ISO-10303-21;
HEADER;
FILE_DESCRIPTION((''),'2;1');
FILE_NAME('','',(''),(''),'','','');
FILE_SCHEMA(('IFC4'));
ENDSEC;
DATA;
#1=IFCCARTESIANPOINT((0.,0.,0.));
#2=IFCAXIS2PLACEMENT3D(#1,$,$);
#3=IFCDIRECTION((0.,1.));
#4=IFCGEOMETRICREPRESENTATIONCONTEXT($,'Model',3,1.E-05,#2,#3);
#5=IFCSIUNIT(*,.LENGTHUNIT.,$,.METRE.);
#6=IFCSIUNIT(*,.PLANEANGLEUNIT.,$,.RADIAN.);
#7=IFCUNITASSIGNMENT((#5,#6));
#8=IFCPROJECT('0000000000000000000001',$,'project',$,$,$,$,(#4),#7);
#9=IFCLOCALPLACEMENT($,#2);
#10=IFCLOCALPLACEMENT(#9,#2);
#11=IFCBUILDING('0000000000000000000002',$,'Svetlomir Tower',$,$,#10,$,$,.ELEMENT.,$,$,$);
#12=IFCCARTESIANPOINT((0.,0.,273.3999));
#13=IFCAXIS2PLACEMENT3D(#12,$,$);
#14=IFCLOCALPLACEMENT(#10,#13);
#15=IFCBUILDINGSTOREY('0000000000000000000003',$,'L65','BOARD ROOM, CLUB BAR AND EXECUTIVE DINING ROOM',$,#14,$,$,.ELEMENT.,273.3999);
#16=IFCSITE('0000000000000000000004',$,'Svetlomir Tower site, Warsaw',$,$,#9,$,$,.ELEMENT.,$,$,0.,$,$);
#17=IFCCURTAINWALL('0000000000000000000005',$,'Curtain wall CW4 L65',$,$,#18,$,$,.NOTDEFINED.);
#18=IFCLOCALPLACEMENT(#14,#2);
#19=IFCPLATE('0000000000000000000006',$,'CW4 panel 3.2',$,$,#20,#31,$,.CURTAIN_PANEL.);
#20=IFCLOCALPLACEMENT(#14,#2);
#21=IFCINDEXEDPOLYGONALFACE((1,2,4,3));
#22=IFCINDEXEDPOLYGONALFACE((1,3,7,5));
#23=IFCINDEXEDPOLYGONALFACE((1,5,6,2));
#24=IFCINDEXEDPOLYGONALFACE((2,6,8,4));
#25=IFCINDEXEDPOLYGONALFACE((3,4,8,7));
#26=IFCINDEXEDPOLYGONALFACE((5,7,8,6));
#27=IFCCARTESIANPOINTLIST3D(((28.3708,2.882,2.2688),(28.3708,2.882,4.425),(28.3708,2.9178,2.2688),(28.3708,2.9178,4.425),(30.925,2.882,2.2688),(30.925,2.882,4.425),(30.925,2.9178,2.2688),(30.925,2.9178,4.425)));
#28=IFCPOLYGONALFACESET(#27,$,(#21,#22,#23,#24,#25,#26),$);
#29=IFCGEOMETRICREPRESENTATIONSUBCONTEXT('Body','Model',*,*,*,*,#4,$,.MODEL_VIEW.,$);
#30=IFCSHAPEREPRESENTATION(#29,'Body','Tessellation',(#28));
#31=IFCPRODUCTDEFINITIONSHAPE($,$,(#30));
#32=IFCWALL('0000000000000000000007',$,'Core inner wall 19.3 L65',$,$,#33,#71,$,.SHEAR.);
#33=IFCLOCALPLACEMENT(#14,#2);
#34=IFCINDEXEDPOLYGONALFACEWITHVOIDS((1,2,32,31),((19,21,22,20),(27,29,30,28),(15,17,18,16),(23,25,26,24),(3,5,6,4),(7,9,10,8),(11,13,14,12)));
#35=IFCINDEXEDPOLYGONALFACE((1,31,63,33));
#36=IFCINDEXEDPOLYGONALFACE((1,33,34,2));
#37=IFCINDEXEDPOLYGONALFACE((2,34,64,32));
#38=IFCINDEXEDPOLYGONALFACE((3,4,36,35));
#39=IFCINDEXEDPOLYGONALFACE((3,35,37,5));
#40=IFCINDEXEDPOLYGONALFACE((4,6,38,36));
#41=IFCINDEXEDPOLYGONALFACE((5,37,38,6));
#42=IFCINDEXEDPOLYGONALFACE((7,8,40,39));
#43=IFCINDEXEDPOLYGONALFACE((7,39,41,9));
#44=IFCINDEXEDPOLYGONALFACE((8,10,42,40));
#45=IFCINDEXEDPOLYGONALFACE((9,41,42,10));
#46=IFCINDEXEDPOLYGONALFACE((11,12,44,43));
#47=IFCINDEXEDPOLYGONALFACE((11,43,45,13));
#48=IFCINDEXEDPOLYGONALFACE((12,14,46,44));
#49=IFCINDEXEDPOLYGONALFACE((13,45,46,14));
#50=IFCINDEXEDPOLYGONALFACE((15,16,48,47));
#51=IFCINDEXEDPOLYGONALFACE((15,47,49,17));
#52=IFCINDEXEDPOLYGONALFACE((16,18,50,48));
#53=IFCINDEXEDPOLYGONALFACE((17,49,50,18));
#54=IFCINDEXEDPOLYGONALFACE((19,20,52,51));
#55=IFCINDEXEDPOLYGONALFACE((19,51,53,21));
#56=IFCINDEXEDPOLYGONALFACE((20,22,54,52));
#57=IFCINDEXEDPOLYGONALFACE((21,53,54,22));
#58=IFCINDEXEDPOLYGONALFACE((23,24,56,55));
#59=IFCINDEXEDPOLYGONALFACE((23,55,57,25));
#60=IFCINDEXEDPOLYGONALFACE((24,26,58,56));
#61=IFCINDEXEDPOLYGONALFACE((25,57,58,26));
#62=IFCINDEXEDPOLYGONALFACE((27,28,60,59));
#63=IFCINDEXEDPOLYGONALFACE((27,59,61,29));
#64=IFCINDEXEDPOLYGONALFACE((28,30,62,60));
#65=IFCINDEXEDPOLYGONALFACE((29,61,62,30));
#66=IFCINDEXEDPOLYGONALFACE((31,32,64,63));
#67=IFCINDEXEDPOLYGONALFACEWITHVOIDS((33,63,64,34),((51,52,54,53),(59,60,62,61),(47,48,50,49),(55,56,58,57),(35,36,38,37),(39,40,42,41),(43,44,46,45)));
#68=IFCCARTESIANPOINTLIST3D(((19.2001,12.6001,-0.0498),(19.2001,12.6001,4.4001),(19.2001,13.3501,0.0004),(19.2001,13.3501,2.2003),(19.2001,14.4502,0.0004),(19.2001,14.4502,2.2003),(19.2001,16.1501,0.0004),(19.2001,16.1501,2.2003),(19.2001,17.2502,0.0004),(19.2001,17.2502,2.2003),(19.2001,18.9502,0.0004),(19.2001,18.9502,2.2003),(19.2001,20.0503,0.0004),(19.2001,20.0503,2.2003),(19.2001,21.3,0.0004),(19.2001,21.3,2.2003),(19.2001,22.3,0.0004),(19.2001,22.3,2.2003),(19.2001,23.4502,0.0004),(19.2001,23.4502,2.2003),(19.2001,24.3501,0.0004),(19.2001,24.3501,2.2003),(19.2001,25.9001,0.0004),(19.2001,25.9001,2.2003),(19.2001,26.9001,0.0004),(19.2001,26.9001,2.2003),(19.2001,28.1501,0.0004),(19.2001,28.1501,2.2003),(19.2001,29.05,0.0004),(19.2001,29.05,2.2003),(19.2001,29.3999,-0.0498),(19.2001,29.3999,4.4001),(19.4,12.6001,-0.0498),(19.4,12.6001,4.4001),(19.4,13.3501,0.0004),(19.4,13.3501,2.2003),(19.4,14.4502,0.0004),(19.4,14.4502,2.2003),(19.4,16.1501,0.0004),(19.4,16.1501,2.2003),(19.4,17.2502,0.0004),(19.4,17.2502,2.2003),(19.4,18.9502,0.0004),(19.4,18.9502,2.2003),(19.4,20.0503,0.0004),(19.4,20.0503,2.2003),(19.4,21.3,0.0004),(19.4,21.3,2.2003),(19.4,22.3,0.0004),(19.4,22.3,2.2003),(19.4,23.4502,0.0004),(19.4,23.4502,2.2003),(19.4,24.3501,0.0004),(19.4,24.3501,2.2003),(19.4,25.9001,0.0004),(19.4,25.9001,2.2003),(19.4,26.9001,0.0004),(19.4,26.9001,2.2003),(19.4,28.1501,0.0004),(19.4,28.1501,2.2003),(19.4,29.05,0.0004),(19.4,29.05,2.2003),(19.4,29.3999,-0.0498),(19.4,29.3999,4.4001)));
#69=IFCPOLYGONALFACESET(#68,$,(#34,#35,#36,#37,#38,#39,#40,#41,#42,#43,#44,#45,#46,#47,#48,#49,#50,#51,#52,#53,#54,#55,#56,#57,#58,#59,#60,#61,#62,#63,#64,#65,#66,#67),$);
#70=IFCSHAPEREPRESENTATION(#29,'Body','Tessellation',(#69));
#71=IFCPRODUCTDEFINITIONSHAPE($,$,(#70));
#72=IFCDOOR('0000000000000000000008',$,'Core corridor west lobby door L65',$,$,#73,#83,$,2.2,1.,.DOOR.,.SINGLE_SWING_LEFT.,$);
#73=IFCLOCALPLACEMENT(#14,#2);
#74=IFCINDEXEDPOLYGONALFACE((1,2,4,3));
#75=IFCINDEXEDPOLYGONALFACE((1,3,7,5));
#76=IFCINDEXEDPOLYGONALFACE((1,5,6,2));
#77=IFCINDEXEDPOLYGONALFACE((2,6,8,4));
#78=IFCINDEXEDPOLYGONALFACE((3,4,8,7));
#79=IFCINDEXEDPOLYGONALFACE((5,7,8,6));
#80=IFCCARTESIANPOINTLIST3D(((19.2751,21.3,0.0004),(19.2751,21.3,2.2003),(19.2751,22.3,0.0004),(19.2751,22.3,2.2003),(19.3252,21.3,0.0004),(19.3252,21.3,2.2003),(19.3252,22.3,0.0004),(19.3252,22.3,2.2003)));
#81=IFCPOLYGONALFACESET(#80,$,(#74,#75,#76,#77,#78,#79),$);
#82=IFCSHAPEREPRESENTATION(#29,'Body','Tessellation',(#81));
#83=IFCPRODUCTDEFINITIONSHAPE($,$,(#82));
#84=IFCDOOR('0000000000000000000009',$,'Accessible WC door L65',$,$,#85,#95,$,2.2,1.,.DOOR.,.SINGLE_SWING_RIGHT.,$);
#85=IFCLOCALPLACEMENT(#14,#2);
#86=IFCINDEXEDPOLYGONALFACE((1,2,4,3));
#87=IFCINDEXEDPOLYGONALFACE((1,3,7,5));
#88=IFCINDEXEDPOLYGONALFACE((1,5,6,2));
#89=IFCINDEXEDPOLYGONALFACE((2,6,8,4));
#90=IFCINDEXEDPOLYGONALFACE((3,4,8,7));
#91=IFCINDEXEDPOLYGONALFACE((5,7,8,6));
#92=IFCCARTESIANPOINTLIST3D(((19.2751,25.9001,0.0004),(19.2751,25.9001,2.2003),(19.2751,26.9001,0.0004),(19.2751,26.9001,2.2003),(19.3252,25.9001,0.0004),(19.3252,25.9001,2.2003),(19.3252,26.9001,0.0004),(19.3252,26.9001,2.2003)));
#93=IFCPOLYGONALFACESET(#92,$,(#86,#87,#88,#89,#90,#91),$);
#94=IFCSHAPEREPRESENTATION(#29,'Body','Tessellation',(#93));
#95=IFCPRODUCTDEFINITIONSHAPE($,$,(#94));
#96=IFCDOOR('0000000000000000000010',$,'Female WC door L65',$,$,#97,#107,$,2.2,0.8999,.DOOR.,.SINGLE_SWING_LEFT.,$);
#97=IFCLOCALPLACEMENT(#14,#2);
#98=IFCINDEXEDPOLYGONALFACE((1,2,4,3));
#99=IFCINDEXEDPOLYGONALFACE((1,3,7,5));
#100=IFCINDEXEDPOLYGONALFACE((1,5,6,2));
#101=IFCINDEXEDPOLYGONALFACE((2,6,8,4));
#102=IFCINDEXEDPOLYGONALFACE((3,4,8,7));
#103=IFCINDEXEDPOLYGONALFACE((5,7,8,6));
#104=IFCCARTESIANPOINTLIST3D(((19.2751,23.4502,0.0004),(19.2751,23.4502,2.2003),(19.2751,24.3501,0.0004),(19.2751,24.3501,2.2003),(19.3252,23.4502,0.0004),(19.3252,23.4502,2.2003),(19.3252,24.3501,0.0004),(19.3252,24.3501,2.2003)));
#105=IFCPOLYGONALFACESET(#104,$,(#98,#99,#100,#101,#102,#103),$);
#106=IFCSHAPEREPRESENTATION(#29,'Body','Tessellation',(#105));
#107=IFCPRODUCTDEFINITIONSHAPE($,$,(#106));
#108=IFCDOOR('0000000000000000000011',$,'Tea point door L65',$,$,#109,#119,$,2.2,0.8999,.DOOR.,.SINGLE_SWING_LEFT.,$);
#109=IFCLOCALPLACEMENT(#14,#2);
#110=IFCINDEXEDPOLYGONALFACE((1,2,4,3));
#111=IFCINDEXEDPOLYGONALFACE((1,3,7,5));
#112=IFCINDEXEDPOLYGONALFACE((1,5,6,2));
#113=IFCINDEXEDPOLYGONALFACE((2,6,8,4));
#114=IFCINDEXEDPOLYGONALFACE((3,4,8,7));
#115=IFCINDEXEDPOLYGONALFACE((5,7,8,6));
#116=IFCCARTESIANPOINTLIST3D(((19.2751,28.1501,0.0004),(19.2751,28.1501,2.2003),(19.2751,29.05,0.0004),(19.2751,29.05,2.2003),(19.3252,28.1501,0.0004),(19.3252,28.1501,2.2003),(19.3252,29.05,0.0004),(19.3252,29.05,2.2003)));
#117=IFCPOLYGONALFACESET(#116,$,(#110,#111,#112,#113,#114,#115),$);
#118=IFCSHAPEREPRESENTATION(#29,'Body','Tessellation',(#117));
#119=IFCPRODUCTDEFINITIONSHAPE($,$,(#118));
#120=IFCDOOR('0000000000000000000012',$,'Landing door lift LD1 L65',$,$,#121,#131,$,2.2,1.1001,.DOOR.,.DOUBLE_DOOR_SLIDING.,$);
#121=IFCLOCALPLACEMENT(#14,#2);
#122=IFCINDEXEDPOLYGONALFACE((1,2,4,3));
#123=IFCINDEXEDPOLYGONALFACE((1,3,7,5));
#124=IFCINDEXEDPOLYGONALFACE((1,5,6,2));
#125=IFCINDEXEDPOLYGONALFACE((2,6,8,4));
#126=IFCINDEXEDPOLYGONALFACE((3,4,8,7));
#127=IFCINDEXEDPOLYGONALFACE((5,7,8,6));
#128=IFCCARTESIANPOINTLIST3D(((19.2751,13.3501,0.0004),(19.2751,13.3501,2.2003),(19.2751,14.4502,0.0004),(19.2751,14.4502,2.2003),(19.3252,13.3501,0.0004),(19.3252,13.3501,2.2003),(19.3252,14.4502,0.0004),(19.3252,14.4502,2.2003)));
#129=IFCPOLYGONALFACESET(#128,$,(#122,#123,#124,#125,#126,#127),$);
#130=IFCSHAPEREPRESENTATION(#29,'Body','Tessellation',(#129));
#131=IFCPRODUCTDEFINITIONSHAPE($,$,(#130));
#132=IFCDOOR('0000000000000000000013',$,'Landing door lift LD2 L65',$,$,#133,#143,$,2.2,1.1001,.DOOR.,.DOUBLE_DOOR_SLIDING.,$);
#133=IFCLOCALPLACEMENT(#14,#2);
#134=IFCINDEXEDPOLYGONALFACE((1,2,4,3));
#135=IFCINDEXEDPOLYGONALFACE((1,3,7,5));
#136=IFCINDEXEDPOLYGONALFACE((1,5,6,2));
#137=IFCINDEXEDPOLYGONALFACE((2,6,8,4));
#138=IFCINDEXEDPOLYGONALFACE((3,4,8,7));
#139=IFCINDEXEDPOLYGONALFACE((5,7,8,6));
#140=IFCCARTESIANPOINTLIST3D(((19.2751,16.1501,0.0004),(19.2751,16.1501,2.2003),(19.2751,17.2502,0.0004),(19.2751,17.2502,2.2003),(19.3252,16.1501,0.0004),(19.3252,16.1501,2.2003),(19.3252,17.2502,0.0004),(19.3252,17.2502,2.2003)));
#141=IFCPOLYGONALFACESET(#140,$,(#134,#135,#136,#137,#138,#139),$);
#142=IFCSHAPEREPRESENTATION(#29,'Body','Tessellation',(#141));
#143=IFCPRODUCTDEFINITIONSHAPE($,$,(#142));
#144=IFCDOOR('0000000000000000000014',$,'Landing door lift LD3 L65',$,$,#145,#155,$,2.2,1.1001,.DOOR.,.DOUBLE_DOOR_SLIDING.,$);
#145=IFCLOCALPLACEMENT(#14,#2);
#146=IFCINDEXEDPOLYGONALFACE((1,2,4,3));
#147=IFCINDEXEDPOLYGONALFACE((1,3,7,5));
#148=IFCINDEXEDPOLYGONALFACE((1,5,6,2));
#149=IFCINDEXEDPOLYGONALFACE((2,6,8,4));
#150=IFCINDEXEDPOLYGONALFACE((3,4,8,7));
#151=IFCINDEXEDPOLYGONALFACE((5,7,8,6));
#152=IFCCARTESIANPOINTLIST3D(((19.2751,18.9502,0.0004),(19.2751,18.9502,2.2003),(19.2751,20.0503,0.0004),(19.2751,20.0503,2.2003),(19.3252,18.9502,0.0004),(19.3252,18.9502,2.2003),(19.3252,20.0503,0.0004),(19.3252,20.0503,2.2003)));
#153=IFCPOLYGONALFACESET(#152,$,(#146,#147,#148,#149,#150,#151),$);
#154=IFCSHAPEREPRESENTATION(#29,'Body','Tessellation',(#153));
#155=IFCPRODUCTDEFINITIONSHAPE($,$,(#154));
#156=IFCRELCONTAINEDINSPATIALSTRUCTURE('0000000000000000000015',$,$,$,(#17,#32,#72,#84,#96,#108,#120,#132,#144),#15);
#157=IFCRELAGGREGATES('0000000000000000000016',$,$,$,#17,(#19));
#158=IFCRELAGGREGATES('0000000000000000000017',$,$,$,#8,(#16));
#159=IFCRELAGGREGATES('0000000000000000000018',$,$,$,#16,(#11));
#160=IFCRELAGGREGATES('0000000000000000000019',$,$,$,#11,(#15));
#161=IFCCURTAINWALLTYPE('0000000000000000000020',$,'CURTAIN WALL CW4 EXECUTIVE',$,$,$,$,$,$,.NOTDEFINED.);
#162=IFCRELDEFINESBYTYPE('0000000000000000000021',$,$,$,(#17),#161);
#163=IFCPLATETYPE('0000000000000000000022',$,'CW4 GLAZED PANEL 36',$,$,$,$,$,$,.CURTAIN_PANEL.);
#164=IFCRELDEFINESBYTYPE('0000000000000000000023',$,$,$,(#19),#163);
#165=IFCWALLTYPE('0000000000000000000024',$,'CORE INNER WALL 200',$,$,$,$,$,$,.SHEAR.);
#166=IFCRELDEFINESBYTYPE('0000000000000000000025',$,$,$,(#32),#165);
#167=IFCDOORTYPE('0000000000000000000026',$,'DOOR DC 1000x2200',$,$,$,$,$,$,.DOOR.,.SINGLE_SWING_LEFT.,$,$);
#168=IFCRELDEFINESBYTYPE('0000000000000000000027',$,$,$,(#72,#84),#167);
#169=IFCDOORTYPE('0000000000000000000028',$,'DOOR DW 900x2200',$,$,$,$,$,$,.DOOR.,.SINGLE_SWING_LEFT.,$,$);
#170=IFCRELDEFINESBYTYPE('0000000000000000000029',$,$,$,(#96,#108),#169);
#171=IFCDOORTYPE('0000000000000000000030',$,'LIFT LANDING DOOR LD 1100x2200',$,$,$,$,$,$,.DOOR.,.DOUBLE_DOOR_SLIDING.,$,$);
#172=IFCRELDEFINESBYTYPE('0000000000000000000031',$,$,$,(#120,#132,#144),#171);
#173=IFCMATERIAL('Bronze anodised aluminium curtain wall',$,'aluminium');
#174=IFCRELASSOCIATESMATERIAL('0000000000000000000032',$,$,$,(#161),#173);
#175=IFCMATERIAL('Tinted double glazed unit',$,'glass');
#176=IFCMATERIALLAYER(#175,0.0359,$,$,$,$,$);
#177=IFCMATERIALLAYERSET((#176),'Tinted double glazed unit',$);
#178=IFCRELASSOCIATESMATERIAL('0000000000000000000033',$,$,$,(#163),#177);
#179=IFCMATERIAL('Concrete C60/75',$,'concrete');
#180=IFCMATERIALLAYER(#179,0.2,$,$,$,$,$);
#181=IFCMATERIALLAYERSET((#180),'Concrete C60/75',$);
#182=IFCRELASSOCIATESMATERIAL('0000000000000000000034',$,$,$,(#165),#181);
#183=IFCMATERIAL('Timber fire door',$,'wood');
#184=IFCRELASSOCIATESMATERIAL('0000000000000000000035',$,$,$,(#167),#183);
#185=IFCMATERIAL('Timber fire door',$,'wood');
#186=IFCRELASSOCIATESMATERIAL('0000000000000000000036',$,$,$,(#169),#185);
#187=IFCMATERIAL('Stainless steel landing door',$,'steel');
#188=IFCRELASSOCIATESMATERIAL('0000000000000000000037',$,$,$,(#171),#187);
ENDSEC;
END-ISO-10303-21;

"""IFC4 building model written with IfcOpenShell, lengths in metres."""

from ifc_helpers import new_model, si_unit, direction, frame, frame_2d, origin, origin_2d, place, context, subcontext, project, spatial, rectangle, extrude, material, layer, layer_set, type_object, element, fill, aggregate, save


model = new_model("IFC4")

# Units and contexts
model_context = context("Model", 3, precision=1e-05, world=origin(), true_north=direction((0.0, 1.0)))
body_context = subcontext(model_context, "Body", "Model", "MODEL_VIEW")
ifc_project = project(units=[si_unit("LENGTHUNIT", "METRE"), si_unit("PLANEANGLEUNIT", "RADIAN")], contexts=[model_context])

# Site, building, storey
site_placement = place(None, origin())
site = spatial("IfcSite", under=ifc_project, at=site_placement, Name="Svetlomir Tower site, Warsaw", CompositionType="ELEMENT", RefElevation=0.0)
building_placement = place(site_placement, origin())
building = spatial("IfcBuilding", under=site, at=building_placement, Name="Svetlomir Tower", CompositionType="ELEMENT")
storey_placement = place(building_placement, frame((0.0, 0.0, 273.3999)))
storey = spatial("IfcBuildingStorey", under=building, at=storey_placement, Name="L65", Description="BOARD ROOM, CLUB BAR AND EXECUTIVE DINING ROOM", CompositionType="ELEMENT", Elevation=273.3999)

# Curtain wall, plate
ifc_material_1 = material(Name="Bronze anodised aluminium curtain wall", Category="aluminium")
curtain_wall_type = type_object("IfcCurtainWallType", Name="CURTAIN WALL CW4 EXECUTIVE", PredefinedType="NOTDEFINED", material=ifc_material_1)
curtain_wall_placement = place(storey_placement, origin())
curtain_wall = element("IfcCurtainWall", 1, at=curtain_wall_placement, inside=storey, type_object=curtain_wall_type, Name="Curtain wall CW4 L65", PredefinedType="NOTDEFINED")
ifc_material_2 = material(Name="Tinted double glazed unit", Category="glass")
ifc_layer_1 = layer(ifc_material_2, 0.0359)
ifc_layer_set_1 = layer_set([ifc_layer_1], Name="Tinted double glazed unit")
plate_type = type_object("IfcPlateType", Name="CW4 GLAZED PANEL 36", PredefinedType="CURTAIN_PANEL", material=ifc_layer_set_1)
plate_placement = place(storey_placement, frame((29.6479, 2.8999, 2.2688), z_axis=(0.0, 0.0, 1.0), x_axis=(1.0, 0.0, 0.0)))
plate = element("IfcPlate", 2, at=plate_placement, type_object=plate_type, Name="CW4 panel 3.2", PredefinedType="CURTAIN_PANEL", context=body_context, shape_type="SweptSolid", body=[
    extrude(rectangle(XDim=2.5542, YDim=0.0359, at=origin_2d()), origin(), (0.0, 0.0, 1.0), 2.1562),
])
aggregate(curtain_wall, [plate])

# Wall, openings, doors
ifc_material_3 = material(Name="Concrete C60/75", Category="concrete")
ifc_layer_2 = layer(ifc_material_3, 0.2)
ifc_layer_set_2 = layer_set([ifc_layer_2], Name="Concrete C60/75")
wall_type_1 = type_object("IfcWallType", Name="CORE INNER WALL 200", PredefinedType="SHEAR", material=ifc_layer_set_2)
wall_1_placement = place(storey_placement, frame((19.3, 12.6001, -0.0498), z_axis=(0.0, 0.0, 1.0), x_axis=(0.0, 1.0, 0.0)))
wall_1 = element("IfcWall", 3, at=wall_1_placement, inside=storey, type_object=wall_type_1, Name="Core inner wall 19.3 L65", PredefinedType="SHEAR", context=body_context, shape_type="SweptSolid", body=[
    extrude(rectangle(XDim=16.7998, YDim=0.2, at=frame_2d((8.3999, 0.0))), origin(), (0.0, 0.0, 1.0), 4.45),
])
opening_1_placement = place(wall_1_placement, frame((8.7, 0.0, 0.05)))
opening_1 = element("IfcOpeningElement", 4, at=opening_1_placement, cuts=wall_1, PredefinedType="OPENING", context=body_context, shape_type="SweptSolid", body=[
    extrude(rectangle(XDim=1.0, YDim=2.2, at=frame_2d((0.5, 1.1001))), frame((0.0, 0.1099, 0.0), z_axis=(0.0, -1.0, 0.0), x_axis=(1.0, 0.0, 0.0)), (0.0, 0.0, 1.0), 0.22),
])
opening_2_placement = place(wall_1_placement, frame((10.8501, 0.0, 0.05)))
opening_2 = element("IfcOpeningElement", 5, at=opening_2_placement, cuts=wall_1, PredefinedType="OPENING", context=body_context, shape_type="SweptSolid", body=[
    extrude(rectangle(XDim=0.8999, YDim=2.2, at=frame_2d((0.45, 1.1001))), frame((0.0, 0.1099, 0.0), z_axis=(0.0, -1.0, 0.0), x_axis=(1.0, 0.0, 0.0)), (0.0, 0.0, 1.0), 0.22),
])
opening_3_placement = place(wall_1_placement, frame((13.3, 0.0, 0.05)))
opening_3 = element("IfcOpeningElement", 6, at=opening_3_placement, cuts=wall_1, PredefinedType="OPENING", context=body_context, shape_type="SweptSolid", body=[
    extrude(rectangle(XDim=1.0, YDim=2.2, at=frame_2d((0.5, 1.1001))), frame((0.0, 0.1099, 0.0), z_axis=(0.0, -1.0, 0.0), x_axis=(1.0, 0.0, 0.0)), (0.0, 0.0, 1.0), 0.22),
])
opening_4_placement = place(wall_1_placement, frame((15.55, 0.0, 0.05)))
opening_4 = element("IfcOpeningElement", 7, at=opening_4_placement, cuts=wall_1, PredefinedType="OPENING", context=body_context, shape_type="SweptSolid", body=[
    extrude(rectangle(XDim=0.8999, YDim=2.2, at=frame_2d((0.45, 1.1001))), frame((0.0, 0.1099, 0.0), z_axis=(0.0, -1.0, 0.0), x_axis=(1.0, 0.0, 0.0)), (0.0, 0.0, 1.0), 0.22),
])
opening_5_placement = place(wall_1_placement, frame((0.75, 0.0, 0.05)))
opening_5 = element("IfcOpeningElement", 8, at=opening_5_placement, cuts=wall_1, PredefinedType="OPENING", context=body_context, shape_type="SweptSolid", body=[
    extrude(rectangle(XDim=1.1001, YDim=2.2, at=frame_2d((0.55, 1.1001))), frame((0.0, 0.1099, 0.0), z_axis=(0.0, -1.0, 0.0), x_axis=(1.0, 0.0, 0.0)), (0.0, 0.0, 1.0), 0.22),
])
opening_6_placement = place(wall_1_placement, frame((3.55, 0.0, 0.05)))
opening_6 = element("IfcOpeningElement", 9, at=opening_6_placement, cuts=wall_1, PredefinedType="OPENING", context=body_context, shape_type="SweptSolid", body=[
    extrude(rectangle(XDim=1.1001, YDim=2.2, at=frame_2d((0.55, 1.1001))), frame((0.0, 0.1099, 0.0), z_axis=(0.0, -1.0, 0.0), x_axis=(1.0, 0.0, 0.0)), (0.0, 0.0, 1.0), 0.22),
])
opening_7_placement = place(wall_1_placement, frame((6.3501, 0.0, 0.05)))
opening_7 = element("IfcOpeningElement", 10, at=opening_7_placement, cuts=wall_1, PredefinedType="OPENING", context=body_context, shape_type="SweptSolid", body=[
    extrude(rectangle(XDim=1.1001, YDim=2.2, at=frame_2d((0.55, 1.1001))), frame((0.0, 0.1099, 0.0), z_axis=(0.0, -1.0, 0.0), x_axis=(1.0, 0.0, 0.0)), (0.0, 0.0, 1.0), 0.22),
])
ifc_material_4 = material(Name="Timber fire door", Category="wood")
door_type_1 = type_object("IfcDoorType", Name="DOOR DC 1000x2200", OperationType="SINGLE_SWING_LEFT", PredefinedType="DOOR", material=ifc_material_4)
door_1_placement = place(opening_1_placement, origin())
door_1 = element("IfcDoor", 11, at=door_1_placement, inside=storey, type_object=door_type_1, Name="Core corridor west lobby door L65", OperationType="SINGLE_SWING_LEFT", OverallHeight=2.2, OverallWidth=1.0, PredefinedType="DOOR", context=body_context, shape_type="SweptSolid", body=[
    extrude(rectangle(XDim=1.0, YDim=2.2, at=frame_2d((0.5, 1.1001))), frame((0.0, 0.0249, 0.0), z_axis=(0.0, -1.0, 0.0), x_axis=(1.0, 0.0, 0.0)), (0.0, 0.0, 1.0), 0.05),
])
fill(opening_1, door_1)
door_2_placement = place(opening_3_placement, origin())
door_2 = element("IfcDoor", 12, at=door_2_placement, inside=storey, type_object=door_type_1, Name="Accessible WC door L65", OperationType="SINGLE_SWING_RIGHT", OverallHeight=2.2, OverallWidth=1.0, PredefinedType="DOOR", context=body_context, shape_type="SweptSolid", body=[
    extrude(rectangle(XDim=1.0, YDim=2.2, at=frame_2d((0.5, 1.1001))), frame((0.0, 0.0249, 0.0), z_axis=(0.0, -1.0, 0.0), x_axis=(1.0, 0.0, 0.0)), (0.0, 0.0, 1.0), 0.05),
])
fill(opening_3, door_2)
ifc_material_5 = material(Name="Timber fire door", Category="wood")
door_type_2 = type_object("IfcDoorType", Name="DOOR DW 900x2200", OperationType="SINGLE_SWING_LEFT", PredefinedType="DOOR", material=ifc_material_5)
door_3_placement = place(opening_2_placement, origin())
door_3 = element("IfcDoor", 13, at=door_3_placement, inside=storey, type_object=door_type_2, Name="Female WC door L65", OperationType="SINGLE_SWING_LEFT", OverallHeight=2.2, OverallWidth=0.8999, PredefinedType="DOOR", context=body_context, shape_type="SweptSolid", body=[
    extrude(rectangle(XDim=0.8999, YDim=2.2, at=frame_2d((0.45, 1.1001))), frame((0.0, 0.0249, 0.0), z_axis=(0.0, -1.0, 0.0), x_axis=(1.0, 0.0, 0.0)), (0.0, 0.0, 1.0), 0.05),
])
fill(opening_2, door_3)
door_4_placement = place(opening_4_placement, origin())
door_4 = element("IfcDoor", 14, at=door_4_placement, inside=storey, type_object=door_type_2, Name="Tea point door L65", OperationType="SINGLE_SWING_LEFT", OverallHeight=2.2, OverallWidth=0.8999, PredefinedType="DOOR", context=body_context, shape_type="SweptSolid", body=[
    extrude(rectangle(XDim=0.8999, YDim=2.2, at=frame_2d((0.45, 1.1001))), frame((0.0, 0.0249, 0.0), z_axis=(0.0, -1.0, 0.0), x_axis=(1.0, 0.0, 0.0)), (0.0, 0.0, 1.0), 0.05),
])
fill(opening_4, door_4)
ifc_material_6 = material(Name="Stainless steel landing door", Category="steel")
door_type_3 = type_object("IfcDoorType", Name="LIFT LANDING DOOR LD 1100x2200", OperationType="DOUBLE_DOOR_SLIDING", PredefinedType="DOOR", material=ifc_material_6)
door_5_placement = place(opening_5_placement, origin())
door_5 = element("IfcDoor", 15, at=door_5_placement, inside=storey, type_object=door_type_3, Name="Landing door lift LD1 L65", OperationType="DOUBLE_DOOR_SLIDING", OverallHeight=2.2, OverallWidth=1.1001, PredefinedType="DOOR", context=body_context, shape_type="SweptSolid", body=[
    extrude(rectangle(XDim=1.1001, YDim=2.2, at=frame_2d((0.55, 1.1001))), frame((0.0, 0.0249, 0.0), z_axis=(0.0, -1.0, 0.0), x_axis=(1.0, 0.0, 0.0)), (0.0, 0.0, 1.0), 0.05),
])
fill(opening_5, door_5)
door_6_placement = place(opening_6_placement, origin())
door_6 = element("IfcDoor", 16, at=door_6_placement, inside=storey, type_object=door_type_3, Name="Landing door lift LD2 L65", OperationType="DOUBLE_DOOR_SLIDING", OverallHeight=2.2, OverallWidth=1.1001, PredefinedType="DOOR", context=body_context, shape_type="SweptSolid", body=[
    extrude(rectangle(XDim=1.1001, YDim=2.2, at=frame_2d((0.55, 1.1001))), frame((0.0, 0.0249, 0.0), z_axis=(0.0, -1.0, 0.0), x_axis=(1.0, 0.0, 0.0)), (0.0, 0.0, 1.0), 0.05),
])
fill(opening_6, door_6)
door_7_placement = place(opening_7_placement, origin())
door_7 = element("IfcDoor", 17, at=door_7_placement, inside=storey, type_object=door_type_3, Name="Landing door lift LD3 L65", OperationType="DOUBLE_DOOR_SLIDING", OverallHeight=2.2, OverallWidth=1.1001, PredefinedType="DOOR", context=body_context, shape_type="SweptSolid", body=[
    extrude(rectangle(XDim=1.1001, YDim=2.2, at=frame_2d((0.55, 1.1001))), frame((0.0, 0.0249, 0.0), z_axis=(0.0, -1.0, 0.0), x_axis=(1.0, 0.0, 0.0)), (0.0, 0.0, 1.0), 0.05),
])
fill(opening_7, door_7)

save(model, "model.ifc")
